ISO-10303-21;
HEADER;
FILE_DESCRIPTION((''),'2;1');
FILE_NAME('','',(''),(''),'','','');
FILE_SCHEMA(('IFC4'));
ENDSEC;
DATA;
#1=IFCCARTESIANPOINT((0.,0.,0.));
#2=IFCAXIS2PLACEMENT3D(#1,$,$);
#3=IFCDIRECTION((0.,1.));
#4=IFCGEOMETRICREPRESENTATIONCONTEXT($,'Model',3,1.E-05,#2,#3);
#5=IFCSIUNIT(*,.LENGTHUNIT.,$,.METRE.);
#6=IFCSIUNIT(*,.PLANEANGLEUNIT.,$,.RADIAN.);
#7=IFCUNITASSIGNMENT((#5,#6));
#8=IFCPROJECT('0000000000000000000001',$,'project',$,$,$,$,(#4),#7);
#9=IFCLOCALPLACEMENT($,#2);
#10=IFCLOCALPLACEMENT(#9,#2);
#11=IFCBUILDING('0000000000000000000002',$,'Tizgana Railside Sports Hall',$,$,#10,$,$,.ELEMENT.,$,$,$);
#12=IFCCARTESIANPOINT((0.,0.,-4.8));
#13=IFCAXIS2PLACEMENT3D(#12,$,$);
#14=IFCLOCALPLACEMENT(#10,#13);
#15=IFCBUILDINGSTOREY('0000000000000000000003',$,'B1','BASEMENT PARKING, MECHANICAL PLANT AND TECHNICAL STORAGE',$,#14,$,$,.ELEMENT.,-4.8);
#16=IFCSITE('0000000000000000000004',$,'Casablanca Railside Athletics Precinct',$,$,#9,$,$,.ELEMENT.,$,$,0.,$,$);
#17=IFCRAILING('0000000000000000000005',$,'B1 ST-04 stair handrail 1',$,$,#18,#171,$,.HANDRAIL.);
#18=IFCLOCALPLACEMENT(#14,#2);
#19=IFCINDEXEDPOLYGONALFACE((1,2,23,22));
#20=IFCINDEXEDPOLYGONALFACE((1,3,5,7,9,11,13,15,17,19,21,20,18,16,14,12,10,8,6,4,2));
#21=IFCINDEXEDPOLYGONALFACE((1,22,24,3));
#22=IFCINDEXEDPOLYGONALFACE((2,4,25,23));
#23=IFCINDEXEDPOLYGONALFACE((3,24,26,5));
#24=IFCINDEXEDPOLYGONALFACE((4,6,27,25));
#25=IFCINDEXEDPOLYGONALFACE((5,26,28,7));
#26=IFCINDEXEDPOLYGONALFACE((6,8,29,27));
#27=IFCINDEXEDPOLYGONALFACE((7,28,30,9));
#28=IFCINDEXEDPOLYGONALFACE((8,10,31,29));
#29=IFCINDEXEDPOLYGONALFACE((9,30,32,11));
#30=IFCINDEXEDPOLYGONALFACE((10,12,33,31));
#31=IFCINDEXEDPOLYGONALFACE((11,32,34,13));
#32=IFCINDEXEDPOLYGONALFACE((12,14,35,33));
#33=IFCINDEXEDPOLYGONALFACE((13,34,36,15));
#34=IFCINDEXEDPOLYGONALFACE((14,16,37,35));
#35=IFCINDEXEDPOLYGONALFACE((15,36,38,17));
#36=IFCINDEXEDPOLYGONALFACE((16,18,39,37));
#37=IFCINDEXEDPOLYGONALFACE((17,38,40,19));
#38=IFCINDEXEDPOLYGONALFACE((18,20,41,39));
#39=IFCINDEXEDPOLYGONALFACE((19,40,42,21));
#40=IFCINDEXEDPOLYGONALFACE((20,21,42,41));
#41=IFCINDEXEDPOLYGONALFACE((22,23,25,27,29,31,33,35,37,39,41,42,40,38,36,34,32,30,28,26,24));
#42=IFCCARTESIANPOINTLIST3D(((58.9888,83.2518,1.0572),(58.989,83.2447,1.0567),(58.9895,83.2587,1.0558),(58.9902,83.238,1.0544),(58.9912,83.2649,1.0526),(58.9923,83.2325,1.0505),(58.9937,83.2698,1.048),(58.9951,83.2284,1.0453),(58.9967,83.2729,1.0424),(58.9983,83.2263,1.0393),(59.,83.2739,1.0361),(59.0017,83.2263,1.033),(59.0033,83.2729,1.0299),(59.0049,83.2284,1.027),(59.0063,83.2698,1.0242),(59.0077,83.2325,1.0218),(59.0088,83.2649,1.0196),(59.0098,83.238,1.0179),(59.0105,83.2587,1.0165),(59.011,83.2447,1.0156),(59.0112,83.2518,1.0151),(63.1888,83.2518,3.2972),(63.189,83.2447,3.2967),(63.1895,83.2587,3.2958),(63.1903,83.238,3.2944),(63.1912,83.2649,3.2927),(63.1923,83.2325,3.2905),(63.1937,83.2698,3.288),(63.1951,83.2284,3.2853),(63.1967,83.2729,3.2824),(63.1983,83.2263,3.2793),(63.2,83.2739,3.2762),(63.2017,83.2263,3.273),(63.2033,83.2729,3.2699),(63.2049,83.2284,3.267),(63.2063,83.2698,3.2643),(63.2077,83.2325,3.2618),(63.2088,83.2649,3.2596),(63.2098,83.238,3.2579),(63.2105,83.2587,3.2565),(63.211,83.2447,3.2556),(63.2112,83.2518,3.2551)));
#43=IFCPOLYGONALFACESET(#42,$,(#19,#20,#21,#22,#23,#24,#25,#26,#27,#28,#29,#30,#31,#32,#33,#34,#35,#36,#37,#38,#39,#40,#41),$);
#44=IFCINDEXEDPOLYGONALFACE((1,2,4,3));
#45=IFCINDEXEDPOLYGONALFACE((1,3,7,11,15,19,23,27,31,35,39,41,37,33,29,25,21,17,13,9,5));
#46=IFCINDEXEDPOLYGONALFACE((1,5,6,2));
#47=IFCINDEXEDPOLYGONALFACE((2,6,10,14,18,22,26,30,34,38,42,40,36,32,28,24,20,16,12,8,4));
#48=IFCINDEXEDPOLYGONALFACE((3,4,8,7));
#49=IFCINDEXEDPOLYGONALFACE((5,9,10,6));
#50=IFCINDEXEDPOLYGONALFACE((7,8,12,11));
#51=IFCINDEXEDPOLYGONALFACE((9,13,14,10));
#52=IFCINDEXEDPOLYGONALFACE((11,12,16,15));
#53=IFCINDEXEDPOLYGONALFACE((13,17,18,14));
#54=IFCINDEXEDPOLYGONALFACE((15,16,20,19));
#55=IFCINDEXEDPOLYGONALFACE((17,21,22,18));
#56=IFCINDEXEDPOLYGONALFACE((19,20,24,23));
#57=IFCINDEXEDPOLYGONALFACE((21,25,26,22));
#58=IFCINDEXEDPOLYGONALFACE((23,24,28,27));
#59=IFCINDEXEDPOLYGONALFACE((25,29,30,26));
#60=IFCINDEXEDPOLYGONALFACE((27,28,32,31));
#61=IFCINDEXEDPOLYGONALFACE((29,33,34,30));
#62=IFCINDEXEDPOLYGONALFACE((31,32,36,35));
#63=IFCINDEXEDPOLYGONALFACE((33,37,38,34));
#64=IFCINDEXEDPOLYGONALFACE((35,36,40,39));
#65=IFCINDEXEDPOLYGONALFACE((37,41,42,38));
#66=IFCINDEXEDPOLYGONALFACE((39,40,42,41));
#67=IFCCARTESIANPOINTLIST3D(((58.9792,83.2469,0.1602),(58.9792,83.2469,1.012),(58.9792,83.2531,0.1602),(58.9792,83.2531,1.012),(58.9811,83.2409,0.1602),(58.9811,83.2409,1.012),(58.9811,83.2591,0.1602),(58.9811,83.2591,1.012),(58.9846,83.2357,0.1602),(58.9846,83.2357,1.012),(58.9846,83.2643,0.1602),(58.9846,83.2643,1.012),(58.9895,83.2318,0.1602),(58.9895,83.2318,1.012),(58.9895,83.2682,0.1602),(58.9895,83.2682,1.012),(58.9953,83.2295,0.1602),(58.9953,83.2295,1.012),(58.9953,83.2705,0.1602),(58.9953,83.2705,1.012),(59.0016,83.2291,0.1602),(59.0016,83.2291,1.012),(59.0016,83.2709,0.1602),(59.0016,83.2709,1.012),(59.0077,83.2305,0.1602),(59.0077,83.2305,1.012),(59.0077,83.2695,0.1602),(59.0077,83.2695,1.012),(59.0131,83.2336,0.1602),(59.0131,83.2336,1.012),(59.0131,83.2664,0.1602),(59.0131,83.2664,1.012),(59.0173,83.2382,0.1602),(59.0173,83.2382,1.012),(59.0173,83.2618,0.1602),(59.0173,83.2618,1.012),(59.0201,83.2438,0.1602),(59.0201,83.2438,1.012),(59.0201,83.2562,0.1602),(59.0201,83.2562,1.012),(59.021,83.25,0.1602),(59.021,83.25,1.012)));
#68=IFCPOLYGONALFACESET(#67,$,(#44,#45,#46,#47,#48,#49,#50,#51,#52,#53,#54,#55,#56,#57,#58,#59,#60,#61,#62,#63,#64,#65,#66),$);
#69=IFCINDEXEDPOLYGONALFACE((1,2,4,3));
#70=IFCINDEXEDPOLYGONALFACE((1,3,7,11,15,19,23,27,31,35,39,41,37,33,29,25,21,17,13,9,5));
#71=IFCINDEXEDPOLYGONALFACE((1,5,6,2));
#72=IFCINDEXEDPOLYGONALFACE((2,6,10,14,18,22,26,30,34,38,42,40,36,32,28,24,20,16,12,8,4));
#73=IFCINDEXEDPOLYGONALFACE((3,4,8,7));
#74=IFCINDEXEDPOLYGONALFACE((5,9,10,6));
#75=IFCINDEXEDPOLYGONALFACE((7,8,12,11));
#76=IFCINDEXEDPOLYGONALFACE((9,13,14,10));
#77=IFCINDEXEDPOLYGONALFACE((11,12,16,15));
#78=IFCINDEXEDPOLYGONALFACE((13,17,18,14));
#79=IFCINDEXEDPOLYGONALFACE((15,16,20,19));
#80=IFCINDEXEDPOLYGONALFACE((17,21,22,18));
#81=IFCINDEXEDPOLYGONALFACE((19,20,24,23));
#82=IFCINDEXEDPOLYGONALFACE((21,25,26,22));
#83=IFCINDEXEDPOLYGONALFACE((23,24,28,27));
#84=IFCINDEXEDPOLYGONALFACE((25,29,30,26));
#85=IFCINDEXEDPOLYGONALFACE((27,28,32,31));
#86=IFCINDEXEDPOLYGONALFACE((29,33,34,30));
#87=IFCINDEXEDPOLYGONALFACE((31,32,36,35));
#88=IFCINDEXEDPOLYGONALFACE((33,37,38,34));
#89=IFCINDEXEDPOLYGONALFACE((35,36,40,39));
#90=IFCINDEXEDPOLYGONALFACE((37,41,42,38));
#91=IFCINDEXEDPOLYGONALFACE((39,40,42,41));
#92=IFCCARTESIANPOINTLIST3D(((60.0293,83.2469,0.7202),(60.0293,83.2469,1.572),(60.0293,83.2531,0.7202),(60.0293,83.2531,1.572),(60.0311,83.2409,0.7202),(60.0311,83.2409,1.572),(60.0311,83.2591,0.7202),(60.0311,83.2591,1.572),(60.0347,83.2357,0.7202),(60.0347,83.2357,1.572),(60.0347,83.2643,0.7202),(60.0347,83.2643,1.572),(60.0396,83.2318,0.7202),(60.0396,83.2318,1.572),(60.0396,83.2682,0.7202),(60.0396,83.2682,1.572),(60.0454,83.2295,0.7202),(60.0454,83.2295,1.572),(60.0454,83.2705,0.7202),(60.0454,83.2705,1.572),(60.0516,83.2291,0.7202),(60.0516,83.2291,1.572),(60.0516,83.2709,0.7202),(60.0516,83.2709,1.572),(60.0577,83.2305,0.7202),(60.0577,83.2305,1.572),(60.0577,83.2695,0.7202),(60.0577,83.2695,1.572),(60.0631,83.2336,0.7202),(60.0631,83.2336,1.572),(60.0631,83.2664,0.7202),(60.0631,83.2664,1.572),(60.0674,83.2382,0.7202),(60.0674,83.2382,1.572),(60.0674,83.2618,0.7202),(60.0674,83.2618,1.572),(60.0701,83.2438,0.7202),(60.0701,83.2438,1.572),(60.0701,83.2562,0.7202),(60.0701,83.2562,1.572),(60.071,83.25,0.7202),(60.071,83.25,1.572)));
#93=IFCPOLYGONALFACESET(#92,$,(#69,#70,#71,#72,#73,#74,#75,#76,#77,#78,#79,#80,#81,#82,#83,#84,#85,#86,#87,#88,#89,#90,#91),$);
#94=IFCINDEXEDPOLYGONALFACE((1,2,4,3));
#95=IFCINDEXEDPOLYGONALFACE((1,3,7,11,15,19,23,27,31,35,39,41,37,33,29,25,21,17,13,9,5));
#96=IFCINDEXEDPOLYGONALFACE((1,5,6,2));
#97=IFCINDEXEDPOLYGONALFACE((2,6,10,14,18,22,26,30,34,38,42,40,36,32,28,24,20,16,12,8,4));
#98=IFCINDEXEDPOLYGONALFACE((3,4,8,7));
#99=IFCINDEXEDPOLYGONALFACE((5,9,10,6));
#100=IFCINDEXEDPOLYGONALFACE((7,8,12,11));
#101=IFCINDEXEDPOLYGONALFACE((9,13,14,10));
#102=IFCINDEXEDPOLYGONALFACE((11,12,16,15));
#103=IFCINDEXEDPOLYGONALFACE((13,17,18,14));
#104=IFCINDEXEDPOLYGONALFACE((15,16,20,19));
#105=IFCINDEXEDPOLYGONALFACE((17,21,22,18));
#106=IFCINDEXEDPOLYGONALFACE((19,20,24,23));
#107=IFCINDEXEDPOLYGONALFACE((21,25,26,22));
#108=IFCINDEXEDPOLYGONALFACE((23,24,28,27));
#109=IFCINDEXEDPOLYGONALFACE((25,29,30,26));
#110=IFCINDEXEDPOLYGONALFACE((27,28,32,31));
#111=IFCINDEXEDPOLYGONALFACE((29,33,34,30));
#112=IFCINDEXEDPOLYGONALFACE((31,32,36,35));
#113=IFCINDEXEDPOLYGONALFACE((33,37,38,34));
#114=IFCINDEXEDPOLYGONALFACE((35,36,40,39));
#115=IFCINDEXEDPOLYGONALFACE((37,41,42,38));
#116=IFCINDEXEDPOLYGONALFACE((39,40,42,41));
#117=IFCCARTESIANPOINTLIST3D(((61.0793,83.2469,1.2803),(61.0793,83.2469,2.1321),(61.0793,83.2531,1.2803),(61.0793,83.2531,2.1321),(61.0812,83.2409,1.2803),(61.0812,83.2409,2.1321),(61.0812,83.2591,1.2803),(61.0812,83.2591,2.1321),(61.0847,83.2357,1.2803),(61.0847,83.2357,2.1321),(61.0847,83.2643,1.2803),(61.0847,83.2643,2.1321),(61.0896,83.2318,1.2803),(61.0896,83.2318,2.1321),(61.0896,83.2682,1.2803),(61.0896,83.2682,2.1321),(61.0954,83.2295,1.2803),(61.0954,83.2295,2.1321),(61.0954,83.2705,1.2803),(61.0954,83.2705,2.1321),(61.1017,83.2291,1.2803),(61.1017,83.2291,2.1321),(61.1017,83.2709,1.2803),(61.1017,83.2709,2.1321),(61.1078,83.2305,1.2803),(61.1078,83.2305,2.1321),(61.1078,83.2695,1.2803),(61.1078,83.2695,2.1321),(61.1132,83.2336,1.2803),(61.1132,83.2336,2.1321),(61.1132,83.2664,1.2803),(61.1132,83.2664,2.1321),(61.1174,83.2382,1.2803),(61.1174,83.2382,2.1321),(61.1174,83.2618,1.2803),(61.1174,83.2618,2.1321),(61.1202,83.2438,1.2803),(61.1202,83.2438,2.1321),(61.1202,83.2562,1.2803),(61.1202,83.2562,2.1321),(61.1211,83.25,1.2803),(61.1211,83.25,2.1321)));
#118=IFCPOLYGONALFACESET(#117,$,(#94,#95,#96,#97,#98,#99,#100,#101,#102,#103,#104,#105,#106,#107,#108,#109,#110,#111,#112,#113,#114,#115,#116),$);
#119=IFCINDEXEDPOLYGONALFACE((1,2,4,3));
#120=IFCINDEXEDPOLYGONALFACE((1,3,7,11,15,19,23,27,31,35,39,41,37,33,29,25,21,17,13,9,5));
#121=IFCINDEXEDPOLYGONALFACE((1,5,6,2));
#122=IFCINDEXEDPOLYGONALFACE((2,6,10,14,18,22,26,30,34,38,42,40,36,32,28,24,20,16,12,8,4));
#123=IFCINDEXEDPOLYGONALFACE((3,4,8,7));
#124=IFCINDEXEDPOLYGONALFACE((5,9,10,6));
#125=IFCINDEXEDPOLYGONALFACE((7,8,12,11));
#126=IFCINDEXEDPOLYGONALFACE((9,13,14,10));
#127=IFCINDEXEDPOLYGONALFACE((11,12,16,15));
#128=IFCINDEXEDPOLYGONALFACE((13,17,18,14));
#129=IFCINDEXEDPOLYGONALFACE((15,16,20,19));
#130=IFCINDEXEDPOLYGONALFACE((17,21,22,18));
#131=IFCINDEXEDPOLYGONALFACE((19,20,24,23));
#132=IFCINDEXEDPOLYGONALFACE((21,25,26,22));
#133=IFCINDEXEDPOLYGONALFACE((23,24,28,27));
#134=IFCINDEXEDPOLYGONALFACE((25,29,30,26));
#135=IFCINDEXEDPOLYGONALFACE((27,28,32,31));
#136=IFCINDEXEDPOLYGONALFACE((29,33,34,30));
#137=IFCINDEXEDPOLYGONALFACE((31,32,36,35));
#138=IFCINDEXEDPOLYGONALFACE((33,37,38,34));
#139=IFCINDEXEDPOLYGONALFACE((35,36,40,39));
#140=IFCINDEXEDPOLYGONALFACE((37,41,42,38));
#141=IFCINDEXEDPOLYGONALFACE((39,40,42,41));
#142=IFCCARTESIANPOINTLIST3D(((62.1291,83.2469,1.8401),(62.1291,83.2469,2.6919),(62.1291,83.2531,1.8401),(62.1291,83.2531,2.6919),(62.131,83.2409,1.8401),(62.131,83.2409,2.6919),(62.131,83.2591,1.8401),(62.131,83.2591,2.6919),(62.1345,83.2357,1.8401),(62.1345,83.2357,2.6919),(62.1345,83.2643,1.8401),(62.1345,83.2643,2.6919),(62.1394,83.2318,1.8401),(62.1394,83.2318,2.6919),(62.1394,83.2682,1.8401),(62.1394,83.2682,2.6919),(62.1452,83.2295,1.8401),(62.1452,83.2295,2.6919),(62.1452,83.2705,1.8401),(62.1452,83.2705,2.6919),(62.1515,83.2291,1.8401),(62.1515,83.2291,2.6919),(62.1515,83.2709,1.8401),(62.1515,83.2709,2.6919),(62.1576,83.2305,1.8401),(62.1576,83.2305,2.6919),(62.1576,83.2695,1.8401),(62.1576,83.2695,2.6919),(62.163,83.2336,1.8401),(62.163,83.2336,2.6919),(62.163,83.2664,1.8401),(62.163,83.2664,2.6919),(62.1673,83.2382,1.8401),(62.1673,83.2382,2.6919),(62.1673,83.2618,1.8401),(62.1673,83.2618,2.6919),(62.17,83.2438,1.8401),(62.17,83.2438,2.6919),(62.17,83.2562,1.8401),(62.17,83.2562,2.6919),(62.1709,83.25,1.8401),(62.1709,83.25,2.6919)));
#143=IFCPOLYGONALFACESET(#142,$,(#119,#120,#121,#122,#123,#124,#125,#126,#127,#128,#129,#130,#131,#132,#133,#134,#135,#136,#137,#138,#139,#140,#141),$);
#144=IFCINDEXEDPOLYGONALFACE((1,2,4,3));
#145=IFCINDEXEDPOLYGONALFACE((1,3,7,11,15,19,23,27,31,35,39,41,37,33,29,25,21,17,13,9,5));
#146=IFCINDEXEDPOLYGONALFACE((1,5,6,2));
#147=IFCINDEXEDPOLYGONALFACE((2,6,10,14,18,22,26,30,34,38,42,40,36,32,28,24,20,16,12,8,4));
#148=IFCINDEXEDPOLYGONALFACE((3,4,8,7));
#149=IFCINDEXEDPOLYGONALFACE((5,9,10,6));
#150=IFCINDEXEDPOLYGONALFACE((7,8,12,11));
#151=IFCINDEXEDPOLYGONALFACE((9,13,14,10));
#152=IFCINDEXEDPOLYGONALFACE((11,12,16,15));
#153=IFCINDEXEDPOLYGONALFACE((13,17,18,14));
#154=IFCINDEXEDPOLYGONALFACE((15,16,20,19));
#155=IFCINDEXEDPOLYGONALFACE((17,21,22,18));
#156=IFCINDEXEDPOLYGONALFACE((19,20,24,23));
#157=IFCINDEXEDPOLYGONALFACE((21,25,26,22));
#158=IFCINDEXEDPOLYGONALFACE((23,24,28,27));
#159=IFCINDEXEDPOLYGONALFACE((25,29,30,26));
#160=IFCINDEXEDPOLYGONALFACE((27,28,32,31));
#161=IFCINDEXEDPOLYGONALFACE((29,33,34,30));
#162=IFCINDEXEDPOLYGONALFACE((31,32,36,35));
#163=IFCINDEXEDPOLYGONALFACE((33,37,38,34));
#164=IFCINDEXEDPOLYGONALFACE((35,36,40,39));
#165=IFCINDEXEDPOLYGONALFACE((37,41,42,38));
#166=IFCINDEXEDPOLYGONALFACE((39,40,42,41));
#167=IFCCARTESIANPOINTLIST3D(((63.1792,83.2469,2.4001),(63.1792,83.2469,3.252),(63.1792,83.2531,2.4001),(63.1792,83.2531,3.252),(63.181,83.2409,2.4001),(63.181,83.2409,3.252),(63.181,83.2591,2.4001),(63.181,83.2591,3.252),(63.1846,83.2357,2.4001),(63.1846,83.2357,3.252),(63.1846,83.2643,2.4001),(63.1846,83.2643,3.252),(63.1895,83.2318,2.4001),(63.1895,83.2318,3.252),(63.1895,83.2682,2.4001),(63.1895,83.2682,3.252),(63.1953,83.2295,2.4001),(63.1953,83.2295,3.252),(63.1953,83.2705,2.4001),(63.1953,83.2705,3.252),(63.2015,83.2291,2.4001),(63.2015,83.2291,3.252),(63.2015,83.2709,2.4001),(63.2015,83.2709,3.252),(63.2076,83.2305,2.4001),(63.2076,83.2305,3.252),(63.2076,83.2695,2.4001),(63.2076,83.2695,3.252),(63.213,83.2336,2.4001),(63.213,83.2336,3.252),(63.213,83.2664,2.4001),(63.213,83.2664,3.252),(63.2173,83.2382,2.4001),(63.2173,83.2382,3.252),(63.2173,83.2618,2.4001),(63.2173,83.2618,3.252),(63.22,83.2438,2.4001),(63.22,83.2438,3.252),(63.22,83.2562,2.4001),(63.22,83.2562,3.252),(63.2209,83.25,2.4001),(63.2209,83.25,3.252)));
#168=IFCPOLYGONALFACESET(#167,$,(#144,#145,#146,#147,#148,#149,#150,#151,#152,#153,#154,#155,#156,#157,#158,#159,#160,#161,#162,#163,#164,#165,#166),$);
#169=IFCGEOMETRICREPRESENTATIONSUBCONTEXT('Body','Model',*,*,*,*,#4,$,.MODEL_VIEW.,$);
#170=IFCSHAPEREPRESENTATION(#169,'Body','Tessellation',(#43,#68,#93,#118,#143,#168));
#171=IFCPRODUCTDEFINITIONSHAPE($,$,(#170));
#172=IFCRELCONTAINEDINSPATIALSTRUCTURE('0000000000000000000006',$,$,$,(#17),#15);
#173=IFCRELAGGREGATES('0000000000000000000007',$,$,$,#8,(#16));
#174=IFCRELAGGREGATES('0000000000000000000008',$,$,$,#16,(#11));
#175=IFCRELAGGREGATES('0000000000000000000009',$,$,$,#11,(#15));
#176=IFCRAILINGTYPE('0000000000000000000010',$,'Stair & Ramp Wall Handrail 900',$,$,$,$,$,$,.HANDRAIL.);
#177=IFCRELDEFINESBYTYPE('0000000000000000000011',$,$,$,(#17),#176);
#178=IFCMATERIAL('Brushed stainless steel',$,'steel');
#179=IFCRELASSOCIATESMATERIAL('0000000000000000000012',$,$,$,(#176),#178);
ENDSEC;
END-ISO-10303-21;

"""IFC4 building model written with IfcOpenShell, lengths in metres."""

from ifc_helpers import new_model, si_unit, direction, frame, origin, origin_2d, place, context, subcontext, project, spatial, circle, extrude, material, type_object, element, save


model = new_model("IFC4")

# Units and contexts
model_context = context("Model", 3, precision=1e-05, world=origin(), true_north=direction((0.0, 1.0)))
body_context = subcontext(model_context, "Body", "Model", "MODEL_VIEW")
ifc_project = project(units=[si_unit("LENGTHUNIT", "METRE"), si_unit("PLANEANGLEUNIT", "RADIAN")], contexts=[model_context])

# Site, building, storey
site_placement = place(None, origin())
site = spatial("IfcSite", under=ifc_project, at=site_placement, Name="Casablanca Railside Athletics Precinct", CompositionType="ELEMENT", RefElevation=0.0)
building_placement = place(site_placement, origin())
building = spatial("IfcBuilding", under=site, at=building_placement, Name="Tizgana Railside Sports Hall", CompositionType="ELEMENT")
storey_placement = place(building_placement, frame((0.0, 0.0, -4.8)))
storey = spatial("IfcBuildingStorey", under=building, at=storey_placement, Name="B1", Description="BASEMENT PARKING, MECHANICAL PLANT AND TECHNICAL STORAGE", CompositionType="ELEMENT", Elevation=-4.8)

# Shared definitions
ifc_material_1 = material(Name="Brushed stainless steel", Category="steel")

# Railing
railing_type_1 = type_object("IfcRailingType", Name="Stair & Ramp Wall Handrail 900", PredefinedType="HANDRAIL", material=ifc_material_1)
railing_1_placement = place(storey_placement, frame((59.0, 83.25, 0.1602)))
element("IfcRailing", 1, at=railing_1_placement, inside=storey, type_object=railing_type_1, Name="B1 ST-04 stair handrail 1", PredefinedType="HANDRAIL", context=body_context, shape_type="SweptSolid", body=[
    extrude(circle(Radius=0.0239, at=origin_2d()), frame((0.0, 0.0, 0.876), z_axis=(0.882352, 0.0, 0.470591), x_axis=(0.0, 1.0, 0.0)), (0.0, 0.0, 1.0), 4.76),
    extrude(circle(Radius=0.021, at=origin_2d()), origin(), (0.0, 0.0, 1.0), 0.8518),
    extrude(circle(Radius=0.021, at=origin_2d()), frame((1.05, 0.0, 0.5601)), (0.0, 0.0, 1.0), 0.8518),
    extrude(circle(Radius=0.021, at=origin_2d()), frame((2.1001, 0.0, 1.1201)), (0.0, 0.0, 1.0), 0.8518),
    extrude(circle(Radius=0.021, at=origin_2d()), frame((3.1499, 0.0, 1.6799)), (0.0, 0.0, 1.0), 0.8518),
    extrude(circle(Radius=0.021, at=origin_2d()), frame((4.2, 0.0, 2.24)), (0.0, 0.0, 1.0), 0.8518),
])

save(model, "model.ifc")
